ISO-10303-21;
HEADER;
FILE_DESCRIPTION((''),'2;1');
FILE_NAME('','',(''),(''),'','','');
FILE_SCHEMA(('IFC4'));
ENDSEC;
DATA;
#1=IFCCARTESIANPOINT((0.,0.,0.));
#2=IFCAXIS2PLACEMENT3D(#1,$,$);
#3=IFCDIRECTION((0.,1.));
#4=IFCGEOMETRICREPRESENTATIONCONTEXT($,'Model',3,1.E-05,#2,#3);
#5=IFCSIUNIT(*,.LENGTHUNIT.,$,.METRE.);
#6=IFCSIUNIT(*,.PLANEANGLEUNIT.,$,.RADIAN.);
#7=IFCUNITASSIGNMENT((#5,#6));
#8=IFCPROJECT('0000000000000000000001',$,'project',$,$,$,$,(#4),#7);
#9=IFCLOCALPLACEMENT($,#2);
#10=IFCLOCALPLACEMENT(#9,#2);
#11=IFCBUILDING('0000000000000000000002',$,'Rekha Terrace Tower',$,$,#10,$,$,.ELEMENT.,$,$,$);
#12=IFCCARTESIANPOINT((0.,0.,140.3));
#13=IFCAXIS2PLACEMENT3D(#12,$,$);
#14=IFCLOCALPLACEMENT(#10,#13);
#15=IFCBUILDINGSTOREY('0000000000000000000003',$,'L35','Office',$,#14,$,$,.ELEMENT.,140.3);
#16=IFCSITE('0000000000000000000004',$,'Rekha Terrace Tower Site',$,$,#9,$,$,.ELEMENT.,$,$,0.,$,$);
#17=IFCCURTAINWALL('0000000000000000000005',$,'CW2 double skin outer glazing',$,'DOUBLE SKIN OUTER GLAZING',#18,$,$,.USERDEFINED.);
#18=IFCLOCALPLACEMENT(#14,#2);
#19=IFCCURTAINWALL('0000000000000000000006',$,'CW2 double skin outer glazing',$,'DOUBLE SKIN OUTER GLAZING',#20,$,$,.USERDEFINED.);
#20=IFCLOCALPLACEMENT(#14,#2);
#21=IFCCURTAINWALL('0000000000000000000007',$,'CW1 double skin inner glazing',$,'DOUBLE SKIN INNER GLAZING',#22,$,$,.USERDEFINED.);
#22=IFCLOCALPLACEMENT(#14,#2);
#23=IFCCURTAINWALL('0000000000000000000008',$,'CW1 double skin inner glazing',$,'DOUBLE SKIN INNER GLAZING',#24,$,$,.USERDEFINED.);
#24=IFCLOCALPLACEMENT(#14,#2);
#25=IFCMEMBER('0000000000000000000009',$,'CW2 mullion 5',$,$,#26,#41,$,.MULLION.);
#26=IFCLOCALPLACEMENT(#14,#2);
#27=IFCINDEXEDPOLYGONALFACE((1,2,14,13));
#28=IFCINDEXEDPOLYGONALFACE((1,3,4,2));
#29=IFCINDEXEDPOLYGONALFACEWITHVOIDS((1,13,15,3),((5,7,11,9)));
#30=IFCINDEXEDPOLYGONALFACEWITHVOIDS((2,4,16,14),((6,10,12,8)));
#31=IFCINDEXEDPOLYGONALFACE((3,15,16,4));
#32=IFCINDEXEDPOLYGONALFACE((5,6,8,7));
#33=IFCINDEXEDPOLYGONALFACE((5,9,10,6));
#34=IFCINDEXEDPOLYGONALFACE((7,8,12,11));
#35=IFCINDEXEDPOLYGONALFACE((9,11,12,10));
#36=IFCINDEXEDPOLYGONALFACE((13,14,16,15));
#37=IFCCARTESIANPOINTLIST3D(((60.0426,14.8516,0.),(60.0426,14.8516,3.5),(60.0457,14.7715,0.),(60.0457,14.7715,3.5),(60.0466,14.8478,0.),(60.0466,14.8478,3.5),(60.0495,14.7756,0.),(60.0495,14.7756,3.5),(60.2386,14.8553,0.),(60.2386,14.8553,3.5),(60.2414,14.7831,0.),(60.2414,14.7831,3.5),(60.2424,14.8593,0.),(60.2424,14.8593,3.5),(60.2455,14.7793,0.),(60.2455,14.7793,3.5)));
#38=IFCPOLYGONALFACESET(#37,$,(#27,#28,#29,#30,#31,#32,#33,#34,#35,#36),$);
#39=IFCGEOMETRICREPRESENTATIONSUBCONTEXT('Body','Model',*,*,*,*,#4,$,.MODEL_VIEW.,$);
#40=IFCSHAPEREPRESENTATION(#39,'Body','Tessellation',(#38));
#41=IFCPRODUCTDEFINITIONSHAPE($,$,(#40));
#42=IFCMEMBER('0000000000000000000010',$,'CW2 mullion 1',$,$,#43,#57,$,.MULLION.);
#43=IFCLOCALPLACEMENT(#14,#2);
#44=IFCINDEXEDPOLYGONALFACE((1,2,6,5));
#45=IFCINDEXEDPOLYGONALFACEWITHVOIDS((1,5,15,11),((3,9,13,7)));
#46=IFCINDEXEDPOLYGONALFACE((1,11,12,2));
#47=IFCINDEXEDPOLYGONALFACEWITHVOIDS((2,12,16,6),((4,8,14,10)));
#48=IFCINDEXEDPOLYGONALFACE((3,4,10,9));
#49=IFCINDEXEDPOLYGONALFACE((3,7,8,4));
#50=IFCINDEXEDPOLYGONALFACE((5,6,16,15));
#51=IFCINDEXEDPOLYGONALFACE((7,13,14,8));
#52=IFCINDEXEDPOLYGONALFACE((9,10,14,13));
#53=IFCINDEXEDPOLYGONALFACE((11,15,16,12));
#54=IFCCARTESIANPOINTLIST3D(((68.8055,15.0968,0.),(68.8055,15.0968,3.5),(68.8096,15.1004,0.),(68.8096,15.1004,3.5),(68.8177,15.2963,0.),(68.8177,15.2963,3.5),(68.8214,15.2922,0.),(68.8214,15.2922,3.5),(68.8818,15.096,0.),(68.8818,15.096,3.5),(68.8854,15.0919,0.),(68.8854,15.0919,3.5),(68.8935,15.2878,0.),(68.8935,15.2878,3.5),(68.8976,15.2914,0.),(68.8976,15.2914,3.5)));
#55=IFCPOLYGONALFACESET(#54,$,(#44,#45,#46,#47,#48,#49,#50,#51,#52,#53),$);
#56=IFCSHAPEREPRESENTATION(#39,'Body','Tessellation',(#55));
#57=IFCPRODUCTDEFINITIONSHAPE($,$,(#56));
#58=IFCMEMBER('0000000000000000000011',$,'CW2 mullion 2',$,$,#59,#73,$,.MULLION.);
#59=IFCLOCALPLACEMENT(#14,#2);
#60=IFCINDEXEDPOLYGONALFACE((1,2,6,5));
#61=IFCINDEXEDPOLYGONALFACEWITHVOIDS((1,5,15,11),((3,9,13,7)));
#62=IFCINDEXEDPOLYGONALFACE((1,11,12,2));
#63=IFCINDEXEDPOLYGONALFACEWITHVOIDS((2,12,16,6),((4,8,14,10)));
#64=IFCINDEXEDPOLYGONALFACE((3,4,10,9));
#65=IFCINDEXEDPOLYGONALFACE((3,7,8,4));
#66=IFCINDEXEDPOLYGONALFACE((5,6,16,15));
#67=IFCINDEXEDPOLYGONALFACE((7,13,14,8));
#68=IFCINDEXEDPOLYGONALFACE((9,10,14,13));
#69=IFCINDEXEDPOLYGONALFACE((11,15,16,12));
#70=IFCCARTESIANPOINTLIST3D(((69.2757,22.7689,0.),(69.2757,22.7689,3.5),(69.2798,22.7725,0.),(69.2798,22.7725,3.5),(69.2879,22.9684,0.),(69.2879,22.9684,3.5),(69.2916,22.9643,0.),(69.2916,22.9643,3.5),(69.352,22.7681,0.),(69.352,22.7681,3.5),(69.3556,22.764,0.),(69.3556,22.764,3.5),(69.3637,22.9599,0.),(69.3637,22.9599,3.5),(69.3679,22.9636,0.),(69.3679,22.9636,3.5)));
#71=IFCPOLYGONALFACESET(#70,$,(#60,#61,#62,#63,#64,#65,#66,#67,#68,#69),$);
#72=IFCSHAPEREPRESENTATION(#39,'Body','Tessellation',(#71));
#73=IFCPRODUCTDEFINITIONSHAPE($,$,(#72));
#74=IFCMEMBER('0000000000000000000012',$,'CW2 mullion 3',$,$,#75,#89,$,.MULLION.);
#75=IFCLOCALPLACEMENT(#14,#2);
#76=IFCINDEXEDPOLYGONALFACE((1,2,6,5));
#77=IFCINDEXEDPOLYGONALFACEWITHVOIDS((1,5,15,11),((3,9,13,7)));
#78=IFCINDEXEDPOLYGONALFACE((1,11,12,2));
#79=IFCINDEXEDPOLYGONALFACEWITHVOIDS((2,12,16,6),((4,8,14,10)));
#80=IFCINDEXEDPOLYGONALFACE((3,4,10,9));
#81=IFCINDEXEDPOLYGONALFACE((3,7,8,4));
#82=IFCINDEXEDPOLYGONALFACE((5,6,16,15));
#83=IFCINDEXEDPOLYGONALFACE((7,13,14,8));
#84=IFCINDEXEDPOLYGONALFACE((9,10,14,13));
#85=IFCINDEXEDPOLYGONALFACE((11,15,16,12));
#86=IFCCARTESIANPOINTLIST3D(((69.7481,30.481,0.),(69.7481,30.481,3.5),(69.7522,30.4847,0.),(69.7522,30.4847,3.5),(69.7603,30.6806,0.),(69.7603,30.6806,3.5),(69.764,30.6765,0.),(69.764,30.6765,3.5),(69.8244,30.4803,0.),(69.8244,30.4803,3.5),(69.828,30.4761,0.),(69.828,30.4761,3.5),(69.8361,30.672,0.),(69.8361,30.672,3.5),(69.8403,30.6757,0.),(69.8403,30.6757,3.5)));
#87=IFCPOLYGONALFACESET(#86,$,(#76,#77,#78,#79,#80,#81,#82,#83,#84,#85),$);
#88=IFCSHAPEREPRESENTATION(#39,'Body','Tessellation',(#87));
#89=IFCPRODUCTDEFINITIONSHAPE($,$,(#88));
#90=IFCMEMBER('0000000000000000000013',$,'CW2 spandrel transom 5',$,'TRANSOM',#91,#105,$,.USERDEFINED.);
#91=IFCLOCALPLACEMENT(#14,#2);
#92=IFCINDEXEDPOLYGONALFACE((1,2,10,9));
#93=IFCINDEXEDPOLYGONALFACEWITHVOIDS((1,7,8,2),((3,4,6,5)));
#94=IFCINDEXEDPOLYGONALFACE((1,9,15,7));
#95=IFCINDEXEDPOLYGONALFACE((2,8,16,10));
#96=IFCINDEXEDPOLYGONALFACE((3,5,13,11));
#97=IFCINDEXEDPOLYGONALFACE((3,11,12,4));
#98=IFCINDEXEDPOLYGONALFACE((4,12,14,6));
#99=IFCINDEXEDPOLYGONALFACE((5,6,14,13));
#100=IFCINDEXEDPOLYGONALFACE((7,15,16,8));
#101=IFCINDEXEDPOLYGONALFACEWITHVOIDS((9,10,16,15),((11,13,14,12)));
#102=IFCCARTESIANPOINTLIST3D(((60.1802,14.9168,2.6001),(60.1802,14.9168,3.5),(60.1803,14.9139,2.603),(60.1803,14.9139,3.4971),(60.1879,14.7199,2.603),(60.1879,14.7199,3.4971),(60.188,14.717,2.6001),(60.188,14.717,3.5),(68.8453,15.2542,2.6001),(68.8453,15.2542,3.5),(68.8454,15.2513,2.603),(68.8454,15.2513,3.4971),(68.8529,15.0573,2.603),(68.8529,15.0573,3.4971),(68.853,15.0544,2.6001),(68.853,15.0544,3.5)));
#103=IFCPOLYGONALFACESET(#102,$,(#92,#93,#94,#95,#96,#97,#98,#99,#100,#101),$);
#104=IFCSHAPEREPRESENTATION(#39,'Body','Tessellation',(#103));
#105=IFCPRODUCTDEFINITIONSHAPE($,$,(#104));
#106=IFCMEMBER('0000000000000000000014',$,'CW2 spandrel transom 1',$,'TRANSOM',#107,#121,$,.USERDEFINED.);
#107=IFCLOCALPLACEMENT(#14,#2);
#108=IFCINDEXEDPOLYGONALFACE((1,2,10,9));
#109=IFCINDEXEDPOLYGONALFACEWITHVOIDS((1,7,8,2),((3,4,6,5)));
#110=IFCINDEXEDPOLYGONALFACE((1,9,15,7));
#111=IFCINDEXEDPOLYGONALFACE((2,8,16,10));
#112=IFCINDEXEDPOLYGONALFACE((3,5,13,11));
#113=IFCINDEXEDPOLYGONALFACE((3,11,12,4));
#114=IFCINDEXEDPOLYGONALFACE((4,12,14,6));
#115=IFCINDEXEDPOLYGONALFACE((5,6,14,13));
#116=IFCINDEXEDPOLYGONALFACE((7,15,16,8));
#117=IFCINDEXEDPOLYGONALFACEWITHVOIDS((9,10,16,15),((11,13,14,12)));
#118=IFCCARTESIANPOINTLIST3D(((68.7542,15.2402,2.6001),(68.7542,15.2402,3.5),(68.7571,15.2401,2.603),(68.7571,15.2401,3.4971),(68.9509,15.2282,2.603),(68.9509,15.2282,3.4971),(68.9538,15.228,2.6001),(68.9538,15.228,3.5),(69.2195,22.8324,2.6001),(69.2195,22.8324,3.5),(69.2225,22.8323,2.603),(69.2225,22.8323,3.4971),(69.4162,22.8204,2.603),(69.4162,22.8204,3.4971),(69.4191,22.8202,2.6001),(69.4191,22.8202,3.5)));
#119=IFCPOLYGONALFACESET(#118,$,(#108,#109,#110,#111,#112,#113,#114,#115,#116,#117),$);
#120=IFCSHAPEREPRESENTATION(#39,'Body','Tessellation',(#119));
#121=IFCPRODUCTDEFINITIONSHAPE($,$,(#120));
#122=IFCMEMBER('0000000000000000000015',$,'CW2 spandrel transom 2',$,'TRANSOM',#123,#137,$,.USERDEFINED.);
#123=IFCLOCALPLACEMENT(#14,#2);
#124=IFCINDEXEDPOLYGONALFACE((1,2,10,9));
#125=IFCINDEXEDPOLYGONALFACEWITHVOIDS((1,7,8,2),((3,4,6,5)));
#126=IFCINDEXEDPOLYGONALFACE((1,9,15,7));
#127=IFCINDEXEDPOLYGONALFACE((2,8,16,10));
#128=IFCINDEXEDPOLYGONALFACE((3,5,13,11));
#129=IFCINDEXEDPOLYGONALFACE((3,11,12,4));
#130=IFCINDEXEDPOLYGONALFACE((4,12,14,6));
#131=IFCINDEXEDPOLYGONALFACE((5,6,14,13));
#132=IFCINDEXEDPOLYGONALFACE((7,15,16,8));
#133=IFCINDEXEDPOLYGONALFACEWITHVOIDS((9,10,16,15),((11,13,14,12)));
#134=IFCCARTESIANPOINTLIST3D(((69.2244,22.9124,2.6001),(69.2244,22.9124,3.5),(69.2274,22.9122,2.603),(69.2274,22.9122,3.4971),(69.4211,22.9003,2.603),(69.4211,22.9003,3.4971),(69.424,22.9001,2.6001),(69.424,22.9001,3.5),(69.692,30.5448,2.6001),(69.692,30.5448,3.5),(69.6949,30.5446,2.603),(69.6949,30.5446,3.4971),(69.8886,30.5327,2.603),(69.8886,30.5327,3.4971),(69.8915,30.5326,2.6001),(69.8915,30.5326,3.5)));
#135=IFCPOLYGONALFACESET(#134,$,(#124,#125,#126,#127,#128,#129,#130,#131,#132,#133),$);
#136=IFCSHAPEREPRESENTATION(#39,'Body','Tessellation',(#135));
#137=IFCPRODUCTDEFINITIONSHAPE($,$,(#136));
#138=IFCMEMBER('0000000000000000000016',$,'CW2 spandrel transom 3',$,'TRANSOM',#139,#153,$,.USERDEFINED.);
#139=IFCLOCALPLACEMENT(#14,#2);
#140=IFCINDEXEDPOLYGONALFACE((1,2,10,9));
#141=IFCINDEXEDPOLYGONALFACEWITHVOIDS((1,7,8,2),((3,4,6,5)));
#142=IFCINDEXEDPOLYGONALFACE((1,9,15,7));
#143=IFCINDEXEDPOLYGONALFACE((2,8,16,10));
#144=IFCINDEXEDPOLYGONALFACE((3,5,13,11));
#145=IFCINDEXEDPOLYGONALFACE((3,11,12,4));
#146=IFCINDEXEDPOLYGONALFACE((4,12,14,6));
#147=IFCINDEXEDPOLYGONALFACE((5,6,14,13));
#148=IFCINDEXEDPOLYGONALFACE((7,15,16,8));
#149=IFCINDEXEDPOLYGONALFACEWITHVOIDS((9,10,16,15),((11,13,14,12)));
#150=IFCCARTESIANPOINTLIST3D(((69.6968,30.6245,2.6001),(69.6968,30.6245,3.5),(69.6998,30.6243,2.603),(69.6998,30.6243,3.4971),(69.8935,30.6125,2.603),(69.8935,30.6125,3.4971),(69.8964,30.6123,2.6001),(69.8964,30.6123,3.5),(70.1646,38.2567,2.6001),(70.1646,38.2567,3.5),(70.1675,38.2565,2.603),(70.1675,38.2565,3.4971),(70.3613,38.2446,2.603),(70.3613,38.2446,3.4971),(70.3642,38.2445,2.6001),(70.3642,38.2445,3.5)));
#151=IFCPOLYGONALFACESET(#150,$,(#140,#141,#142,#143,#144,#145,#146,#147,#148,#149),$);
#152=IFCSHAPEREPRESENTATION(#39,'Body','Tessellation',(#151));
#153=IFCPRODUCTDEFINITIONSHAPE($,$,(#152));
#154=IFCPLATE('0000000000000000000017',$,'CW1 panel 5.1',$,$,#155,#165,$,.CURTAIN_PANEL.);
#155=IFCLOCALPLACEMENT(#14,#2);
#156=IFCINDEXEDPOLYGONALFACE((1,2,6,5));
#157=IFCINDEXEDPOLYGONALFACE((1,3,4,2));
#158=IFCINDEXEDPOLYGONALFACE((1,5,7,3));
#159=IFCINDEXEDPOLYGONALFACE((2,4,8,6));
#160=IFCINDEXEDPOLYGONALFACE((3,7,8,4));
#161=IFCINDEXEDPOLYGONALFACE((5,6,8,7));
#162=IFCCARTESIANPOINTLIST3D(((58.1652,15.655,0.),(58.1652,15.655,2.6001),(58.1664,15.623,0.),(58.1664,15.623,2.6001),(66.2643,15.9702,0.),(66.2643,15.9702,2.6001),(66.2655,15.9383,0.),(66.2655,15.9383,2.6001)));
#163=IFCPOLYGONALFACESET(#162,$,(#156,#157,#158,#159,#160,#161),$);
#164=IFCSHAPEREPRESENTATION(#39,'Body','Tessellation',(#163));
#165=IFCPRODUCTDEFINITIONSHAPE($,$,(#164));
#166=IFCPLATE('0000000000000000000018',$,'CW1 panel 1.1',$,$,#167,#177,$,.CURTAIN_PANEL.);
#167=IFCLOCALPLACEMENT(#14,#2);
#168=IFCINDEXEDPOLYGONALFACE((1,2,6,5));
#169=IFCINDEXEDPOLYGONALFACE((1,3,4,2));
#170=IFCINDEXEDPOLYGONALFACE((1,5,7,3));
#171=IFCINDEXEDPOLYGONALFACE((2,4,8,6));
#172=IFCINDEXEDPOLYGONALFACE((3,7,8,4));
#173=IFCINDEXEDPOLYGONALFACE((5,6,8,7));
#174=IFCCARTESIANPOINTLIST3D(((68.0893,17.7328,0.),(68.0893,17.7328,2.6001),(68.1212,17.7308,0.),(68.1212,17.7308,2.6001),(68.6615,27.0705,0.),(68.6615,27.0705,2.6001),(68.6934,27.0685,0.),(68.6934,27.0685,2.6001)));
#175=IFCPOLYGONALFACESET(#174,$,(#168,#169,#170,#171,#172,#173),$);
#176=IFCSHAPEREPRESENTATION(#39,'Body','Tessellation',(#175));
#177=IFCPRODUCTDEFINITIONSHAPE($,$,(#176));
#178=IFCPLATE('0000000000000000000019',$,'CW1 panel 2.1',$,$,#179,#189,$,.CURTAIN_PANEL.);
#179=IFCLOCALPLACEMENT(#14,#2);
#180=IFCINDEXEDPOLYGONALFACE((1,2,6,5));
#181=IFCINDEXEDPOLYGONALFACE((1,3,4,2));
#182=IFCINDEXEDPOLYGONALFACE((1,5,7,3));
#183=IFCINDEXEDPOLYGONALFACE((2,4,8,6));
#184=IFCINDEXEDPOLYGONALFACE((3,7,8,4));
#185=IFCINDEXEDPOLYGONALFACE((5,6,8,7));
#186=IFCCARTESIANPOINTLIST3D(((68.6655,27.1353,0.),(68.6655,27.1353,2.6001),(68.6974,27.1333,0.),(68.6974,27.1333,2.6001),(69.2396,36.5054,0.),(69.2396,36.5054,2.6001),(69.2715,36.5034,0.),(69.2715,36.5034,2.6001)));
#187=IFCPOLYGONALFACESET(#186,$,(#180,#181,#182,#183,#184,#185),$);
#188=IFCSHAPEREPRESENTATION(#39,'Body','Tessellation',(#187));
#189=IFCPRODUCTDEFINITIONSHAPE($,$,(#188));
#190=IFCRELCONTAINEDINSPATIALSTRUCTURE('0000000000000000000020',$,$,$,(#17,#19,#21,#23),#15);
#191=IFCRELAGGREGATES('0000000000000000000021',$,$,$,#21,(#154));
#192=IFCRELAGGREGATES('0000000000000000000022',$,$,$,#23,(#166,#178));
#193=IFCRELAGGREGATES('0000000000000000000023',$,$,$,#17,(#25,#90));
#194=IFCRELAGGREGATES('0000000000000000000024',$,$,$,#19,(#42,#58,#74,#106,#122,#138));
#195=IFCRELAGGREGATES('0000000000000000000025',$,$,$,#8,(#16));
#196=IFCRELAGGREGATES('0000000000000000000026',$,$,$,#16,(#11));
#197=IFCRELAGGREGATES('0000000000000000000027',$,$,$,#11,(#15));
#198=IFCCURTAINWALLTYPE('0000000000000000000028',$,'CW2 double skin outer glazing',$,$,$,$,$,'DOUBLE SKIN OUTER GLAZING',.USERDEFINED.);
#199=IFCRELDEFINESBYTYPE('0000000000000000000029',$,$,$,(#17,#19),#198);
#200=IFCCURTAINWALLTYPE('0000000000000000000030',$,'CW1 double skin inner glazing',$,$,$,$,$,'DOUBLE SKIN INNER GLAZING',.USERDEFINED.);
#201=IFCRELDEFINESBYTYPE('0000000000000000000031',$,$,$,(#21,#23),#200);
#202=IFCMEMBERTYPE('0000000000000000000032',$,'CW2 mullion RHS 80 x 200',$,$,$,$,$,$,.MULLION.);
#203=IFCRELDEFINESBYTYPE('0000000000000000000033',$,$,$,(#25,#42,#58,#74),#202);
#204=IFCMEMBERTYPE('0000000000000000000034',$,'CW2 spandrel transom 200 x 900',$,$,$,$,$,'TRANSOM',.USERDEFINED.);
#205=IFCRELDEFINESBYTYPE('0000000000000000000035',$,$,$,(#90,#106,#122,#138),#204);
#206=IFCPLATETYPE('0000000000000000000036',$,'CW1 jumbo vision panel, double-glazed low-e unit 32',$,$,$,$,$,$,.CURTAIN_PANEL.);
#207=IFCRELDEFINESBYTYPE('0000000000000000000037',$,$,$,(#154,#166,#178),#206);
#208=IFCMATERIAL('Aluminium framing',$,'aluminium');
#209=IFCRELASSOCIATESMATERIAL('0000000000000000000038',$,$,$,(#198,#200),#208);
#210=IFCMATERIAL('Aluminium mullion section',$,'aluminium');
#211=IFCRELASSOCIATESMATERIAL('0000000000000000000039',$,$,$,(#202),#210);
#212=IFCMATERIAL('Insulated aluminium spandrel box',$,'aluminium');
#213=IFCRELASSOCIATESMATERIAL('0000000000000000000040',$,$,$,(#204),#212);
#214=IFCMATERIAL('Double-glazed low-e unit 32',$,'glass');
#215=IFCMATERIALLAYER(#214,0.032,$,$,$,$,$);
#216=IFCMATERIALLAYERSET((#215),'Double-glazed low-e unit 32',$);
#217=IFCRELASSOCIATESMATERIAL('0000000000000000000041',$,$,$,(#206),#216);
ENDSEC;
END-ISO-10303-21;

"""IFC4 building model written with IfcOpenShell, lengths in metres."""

from ifc_helpers import new_model, si_unit, direction, frame, origin, origin_2d, place, context, subcontext, project, spatial, rectangle, hollow_rectangle, extrude, material, layer, layer_set, material_profile, profile_set, type_object, element, aggregate, save


model = new_model("IFC4")

# Units and contexts
model_context = context("Model", 3, precision=1e-05, world=origin(), true_north=direction((0.0, 1.0)))
body_context = subcontext(model_context, "Body", "Model", "MODEL_VIEW")
ifc_project = project(units=[si_unit("LENGTHUNIT", "METRE"), si_unit("PLANEANGLEUNIT", "RADIAN")], contexts=[model_context])

# Site, building, storey
site_placement = place(None, origin())
site = spatial("IfcSite", under=ifc_project, at=site_placement, Name="Rekha Terrace Tower Site", CompositionType="ELEMENT", RefElevation=0.0)
building_placement = place(site_placement, origin())
building = spatial("IfcBuilding", under=site, at=building_placement, Name="Rekha Terrace Tower", CompositionType="ELEMENT")
storey_placement = place(building_placement, frame((0.0, 0.0, 140.3)))
storey = spatial("IfcBuildingStorey", under=building, at=storey_placement, Name="L35", Description="Office", CompositionType="ELEMENT", Elevation=140.3)

# Curtain wall
ifc_material_1 = material(Name="Aluminium framing", Category="aluminium")
curtain_wall_type_1 = type_object("IfcCurtainWallType", Name="CW2 double skin outer glazing", ElementType="DOUBLE SKIN OUTER GLAZING", PredefinedType="USERDEFINED", material=ifc_material_1)
curtain_wall_1_placement = place(storey_placement, origin())
curtain_wall_1 = element("IfcCurtainWall", 1, at=curtain_wall_1_placement, inside=storey, type_object=curtain_wall_type_1, Name="CW2 double skin outer glazing", ObjectType="DOUBLE SKIN OUTER GLAZING", PredefinedType="USERDEFINED")

# Curtain wall
curtain_wall_2_placement = place(storey_placement, origin())
curtain_wall_2 = element("IfcCurtainWall", 2, at=curtain_wall_2_placement, inside=storey, type_object=curtain_wall_type_1, Name="CW2 double skin outer glazing", ObjectType="DOUBLE SKIN OUTER GLAZING", PredefinedType="USERDEFINED")

# Curtain wall
curtain_wall_type_2 = type_object("IfcCurtainWallType", Name="CW1 double skin inner glazing", ElementType="DOUBLE SKIN INNER GLAZING", PredefinedType="USERDEFINED", material=ifc_material_1)
curtain_wall_3_placement = place(storey_placement, origin())
curtain_wall_3 = element("IfcCurtainWall", 3, at=curtain_wall_3_placement, inside=storey, type_object=curtain_wall_type_2, Name="CW1 double skin inner glazing", ObjectType="DOUBLE SKIN INNER GLAZING", PredefinedType="USERDEFINED")
ifc_material_2 = material(Name="Aluminium mullion section", Category="aluminium")

# Curtain wall
curtain_wall_4_placement = place(storey_placement, origin())
curtain_wall_4 = element("IfcCurtainWall", 4, at=curtain_wall_4_placement, inside=storey, type_object=curtain_wall_type_2, Name="CW1 double skin inner glazing", ObjectType="DOUBLE SKIN INNER GLAZING", PredefinedType="USERDEFINED")
ifc_material_3 = material(Name="Insulated aluminium spandrel box", Category="aluminium")

# Members
ifc_material_profile_1 = material_profile(ifc_material_2, hollow_rectangle(XDim=0.0801, YDim=0.2, WallThickness=0.0039, at=origin_2d()), Name="AL RHS 80x200")
ifc_profile_set_1 = profile_set([ifc_material_profile_1], Name="Aluminium mullion section")
member_type_1 = type_object("IfcMemberType", Name="CW2 mullion RHS 80 x 200", PredefinedType="MULLION", material=ifc_profile_set_1)
member_1_placement = place(storey_placement, frame((60.144, 14.8154, 0.0), z_axis=(0.0, 0.0, 1.0), x_axis=(-0.03889, 0.999243, 0.0)))
member_1 = element("IfcMember", 5, at=member_1_placement, type_object=member_type_1, Name="CW2 mullion 5", PredefinedType="MULLION", context=body_context, shape_type="SweptSolid", body=[
    extrude(hollow_rectangle(XDim=0.0801, YDim=0.2, WallThickness=0.0039, at=origin_2d()), origin(), (0.0, 0.0, 1.0), 3.5),
])
member_2_placement = place(storey_placement, frame((68.8516, 15.1941, 0.0), z_axis=(0.0, 0.0, 1.0), x_axis=(-0.998128, 0.06116, 0.0)))
member_2 = element("IfcMember", 6, at=member_2_placement, type_object=member_type_1, Name="CW2 mullion 1", PredefinedType="MULLION", context=body_context, shape_type="SweptSolid", body=[
    extrude(hollow_rectangle(XDim=0.0801, YDim=0.2, WallThickness=0.0039, at=origin_2d()), origin(), (0.0, 0.0, 1.0), 3.5),
])
member_3_placement = place(storey_placement, frame((69.3218, 22.8662, 0.0), z_axis=(0.0, 0.0, 1.0), x_axis=(-0.998128, 0.06116, 0.0)))
member_3 = element("IfcMember", 7, at=member_3_placement, type_object=member_type_1, Name="CW2 mullion 2", PredefinedType="MULLION", context=body_context, shape_type="SweptSolid", body=[
    extrude(hollow_rectangle(XDim=0.0801, YDim=0.2, WallThickness=0.0039, at=origin_2d()), origin(), (0.0, 0.0, 1.0), 3.5),
])
member_4_placement = place(storey_placement, frame((69.7942, 30.5784, 0.0), z_axis=(0.0, 0.0, 1.0), x_axis=(-0.998128, 0.06116, 0.0)))
member_4 = element("IfcMember", 8, at=member_4_placement, type_object=member_type_1, Name="CW2 mullion 3", PredefinedType="MULLION", context=body_context, shape_type="SweptSolid", body=[
    extrude(hollow_rectangle(XDim=0.0801, YDim=0.2, WallThickness=0.0039, at=origin_2d()), origin(), (0.0, 0.0, 1.0), 3.5),
])
ifc_material_profile_2 = material_profile(ifc_material_3, hollow_rectangle(XDim=0.2, YDim=0.8999, WallThickness=0.0029, at=origin_2d()), Name="AL SPANDREL BOX 200x900")
ifc_profile_set_2 = profile_set([ifc_material_profile_2], Name="Insulated aluminium spandrel box")
member_type_2 = type_object("IfcMemberType", Name="CW2 spandrel transom 200 x 900", ElementType="TRANSOM", PredefinedType="USERDEFINED", material=ifc_profile_set_2)
member_5_placement = place(storey_placement, frame((60.1841, 14.8169, 3.05), z_axis=(0.999243, 0.038909, 0.0), x_axis=(-0.038909, 0.999243, 0.0)))
member_5 = element("IfcMember", 9, at=member_5_placement, type_object=member_type_2, Name="CW2 spandrel transom 5", ObjectType="TRANSOM", PredefinedType="USERDEFINED", context=body_context, shape_type="SweptSolid", body=[
    extrude(hollow_rectangle(XDim=0.2, YDim=0.8999, WallThickness=0.0029, at=origin_2d()), origin(), (0.0, 0.0, 1.0), 8.6716),
])
member_6_placement = place(storey_placement, frame((68.854, 15.2341, 3.05), z_axis=(0.061175, 0.998127, 0.0), x_axis=(-0.998127, 0.061175, 0.0)))
member_6 = element("IfcMember", 10, at=member_6_placement, type_object=member_type_2, Name="CW2 spandrel transom 1", ObjectType="TRANSOM", PredefinedType="USERDEFINED", context=body_context, shape_type="SweptSolid", body=[
    extrude(hollow_rectangle(XDim=0.2, YDim=0.8999, WallThickness=0.0029, at=origin_2d()), origin(), (0.0, 0.0, 1.0), 7.6064),
])
member_7_placement = place(storey_placement, frame((69.3242, 22.9062, 3.05), z_axis=(0.061142, 0.998129, 0.0), x_axis=(-0.998129, 0.061142, 0.0)))
member_7 = element("IfcMember", 11, at=member_7_placement, type_object=member_type_2, Name="CW2 spandrel transom 2", ObjectType="TRANSOM", PredefinedType="USERDEFINED", context=body_context, shape_type="SweptSolid", body=[
    extrude(hollow_rectangle(XDim=0.2, YDim=0.8999, WallThickness=0.0029, at=origin_2d()), origin(), (0.0, 0.0, 1.0), 7.6467),
])
member_8_placement = place(storey_placement, frame((69.7966, 30.6184, 3.05), z_axis=(0.061176, 0.998127, 0.0), x_axis=(-0.998127, 0.061176, 0.0)))
member_8 = element("IfcMember", 12, at=member_8_placement, type_object=member_type_2, Name="CW2 spandrel transom 3", ObjectType="TRANSOM", PredefinedType="USERDEFINED", context=body_context, shape_type="SweptSolid", body=[
    extrude(hollow_rectangle(XDim=0.2, YDim=0.8999, WallThickness=0.0029, at=origin_2d()), origin(), (0.0, 0.0, 1.0), 7.6465),
])

# Plates
ifc_material_4 = material(Name="Double-glazed low-e unit 32", Category="glass")
ifc_layer_1 = layer(ifc_material_4, 0.032)
ifc_layer_set_1 = layer_set([ifc_layer_1], Name="Double-glazed low-e unit 32")
plate_type_1 = type_object("IfcPlateType", Name="CW1 jumbo vision panel, double-glazed low-e unit 32", PredefinedType="CURTAIN_PANEL", material=ifc_layer_set_1)
plate_1_placement = place(storey_placement, frame((62.2153, 15.7966, 0.0), z_axis=(0.0, 0.0, 1.0), x_axis=(0.999243, 0.03889, 0.0)))
plate_1 = element("IfcPlate", 13, at=plate_1_placement, type_object=plate_type_1, Name="CW1 panel 5.1", PredefinedType="CURTAIN_PANEL", context=body_context, shape_type="SweptSolid", body=[
    extrude(rectangle(XDim=8.1052, YDim=0.032, at=origin_2d()), origin(), (0.0, 0.0, 1.0), 2.6001),
])
aggregate(curtain_wall_3, [plate_1])
plate_2_placement = place(storey_placement, frame((68.3914, 22.4006, 0.0), z_axis=(0.0, 0.0, 1.0), x_axis=(0.06116, 0.998128, 0.0)))
plate_2 = element("IfcPlate", 14, at=plate_2_placement, type_object=plate_type_1, Name="CW1 panel 1.1", PredefinedType="CURTAIN_PANEL", context=body_context, shape_type="SweptSolid", body=[
    extrude(rectangle(XDim=9.3552, YDim=0.032, at=origin_2d()), origin(), (0.0, 0.0, 1.0), 2.6001),
])
plate_3_placement = place(storey_placement, frame((68.9685, 31.8193, 0.0), z_axis=(0.0, 0.0, 1.0), x_axis=(0.06116, 0.998128, 0.0)))
plate_3 = element("IfcPlate", 15, at=plate_3_placement, type_object=plate_type_1, Name="CW1 panel 2.1", PredefinedType="CURTAIN_PANEL", context=body_context, shape_type="SweptSolid", body=[
    extrude(rectangle(XDim=9.3877, YDim=0.032, at=origin_2d()), origin(), (0.0, 0.0, 1.0), 2.6001),
])
aggregate(curtain_wall_4, [plate_2, plate_3])
aggregate(curtain_wall_1, [member_1, member_5])
aggregate(curtain_wall_2, [member_2, member_3, member_4, member_6, member_7, member_8])

save(model, "model.ifc")
